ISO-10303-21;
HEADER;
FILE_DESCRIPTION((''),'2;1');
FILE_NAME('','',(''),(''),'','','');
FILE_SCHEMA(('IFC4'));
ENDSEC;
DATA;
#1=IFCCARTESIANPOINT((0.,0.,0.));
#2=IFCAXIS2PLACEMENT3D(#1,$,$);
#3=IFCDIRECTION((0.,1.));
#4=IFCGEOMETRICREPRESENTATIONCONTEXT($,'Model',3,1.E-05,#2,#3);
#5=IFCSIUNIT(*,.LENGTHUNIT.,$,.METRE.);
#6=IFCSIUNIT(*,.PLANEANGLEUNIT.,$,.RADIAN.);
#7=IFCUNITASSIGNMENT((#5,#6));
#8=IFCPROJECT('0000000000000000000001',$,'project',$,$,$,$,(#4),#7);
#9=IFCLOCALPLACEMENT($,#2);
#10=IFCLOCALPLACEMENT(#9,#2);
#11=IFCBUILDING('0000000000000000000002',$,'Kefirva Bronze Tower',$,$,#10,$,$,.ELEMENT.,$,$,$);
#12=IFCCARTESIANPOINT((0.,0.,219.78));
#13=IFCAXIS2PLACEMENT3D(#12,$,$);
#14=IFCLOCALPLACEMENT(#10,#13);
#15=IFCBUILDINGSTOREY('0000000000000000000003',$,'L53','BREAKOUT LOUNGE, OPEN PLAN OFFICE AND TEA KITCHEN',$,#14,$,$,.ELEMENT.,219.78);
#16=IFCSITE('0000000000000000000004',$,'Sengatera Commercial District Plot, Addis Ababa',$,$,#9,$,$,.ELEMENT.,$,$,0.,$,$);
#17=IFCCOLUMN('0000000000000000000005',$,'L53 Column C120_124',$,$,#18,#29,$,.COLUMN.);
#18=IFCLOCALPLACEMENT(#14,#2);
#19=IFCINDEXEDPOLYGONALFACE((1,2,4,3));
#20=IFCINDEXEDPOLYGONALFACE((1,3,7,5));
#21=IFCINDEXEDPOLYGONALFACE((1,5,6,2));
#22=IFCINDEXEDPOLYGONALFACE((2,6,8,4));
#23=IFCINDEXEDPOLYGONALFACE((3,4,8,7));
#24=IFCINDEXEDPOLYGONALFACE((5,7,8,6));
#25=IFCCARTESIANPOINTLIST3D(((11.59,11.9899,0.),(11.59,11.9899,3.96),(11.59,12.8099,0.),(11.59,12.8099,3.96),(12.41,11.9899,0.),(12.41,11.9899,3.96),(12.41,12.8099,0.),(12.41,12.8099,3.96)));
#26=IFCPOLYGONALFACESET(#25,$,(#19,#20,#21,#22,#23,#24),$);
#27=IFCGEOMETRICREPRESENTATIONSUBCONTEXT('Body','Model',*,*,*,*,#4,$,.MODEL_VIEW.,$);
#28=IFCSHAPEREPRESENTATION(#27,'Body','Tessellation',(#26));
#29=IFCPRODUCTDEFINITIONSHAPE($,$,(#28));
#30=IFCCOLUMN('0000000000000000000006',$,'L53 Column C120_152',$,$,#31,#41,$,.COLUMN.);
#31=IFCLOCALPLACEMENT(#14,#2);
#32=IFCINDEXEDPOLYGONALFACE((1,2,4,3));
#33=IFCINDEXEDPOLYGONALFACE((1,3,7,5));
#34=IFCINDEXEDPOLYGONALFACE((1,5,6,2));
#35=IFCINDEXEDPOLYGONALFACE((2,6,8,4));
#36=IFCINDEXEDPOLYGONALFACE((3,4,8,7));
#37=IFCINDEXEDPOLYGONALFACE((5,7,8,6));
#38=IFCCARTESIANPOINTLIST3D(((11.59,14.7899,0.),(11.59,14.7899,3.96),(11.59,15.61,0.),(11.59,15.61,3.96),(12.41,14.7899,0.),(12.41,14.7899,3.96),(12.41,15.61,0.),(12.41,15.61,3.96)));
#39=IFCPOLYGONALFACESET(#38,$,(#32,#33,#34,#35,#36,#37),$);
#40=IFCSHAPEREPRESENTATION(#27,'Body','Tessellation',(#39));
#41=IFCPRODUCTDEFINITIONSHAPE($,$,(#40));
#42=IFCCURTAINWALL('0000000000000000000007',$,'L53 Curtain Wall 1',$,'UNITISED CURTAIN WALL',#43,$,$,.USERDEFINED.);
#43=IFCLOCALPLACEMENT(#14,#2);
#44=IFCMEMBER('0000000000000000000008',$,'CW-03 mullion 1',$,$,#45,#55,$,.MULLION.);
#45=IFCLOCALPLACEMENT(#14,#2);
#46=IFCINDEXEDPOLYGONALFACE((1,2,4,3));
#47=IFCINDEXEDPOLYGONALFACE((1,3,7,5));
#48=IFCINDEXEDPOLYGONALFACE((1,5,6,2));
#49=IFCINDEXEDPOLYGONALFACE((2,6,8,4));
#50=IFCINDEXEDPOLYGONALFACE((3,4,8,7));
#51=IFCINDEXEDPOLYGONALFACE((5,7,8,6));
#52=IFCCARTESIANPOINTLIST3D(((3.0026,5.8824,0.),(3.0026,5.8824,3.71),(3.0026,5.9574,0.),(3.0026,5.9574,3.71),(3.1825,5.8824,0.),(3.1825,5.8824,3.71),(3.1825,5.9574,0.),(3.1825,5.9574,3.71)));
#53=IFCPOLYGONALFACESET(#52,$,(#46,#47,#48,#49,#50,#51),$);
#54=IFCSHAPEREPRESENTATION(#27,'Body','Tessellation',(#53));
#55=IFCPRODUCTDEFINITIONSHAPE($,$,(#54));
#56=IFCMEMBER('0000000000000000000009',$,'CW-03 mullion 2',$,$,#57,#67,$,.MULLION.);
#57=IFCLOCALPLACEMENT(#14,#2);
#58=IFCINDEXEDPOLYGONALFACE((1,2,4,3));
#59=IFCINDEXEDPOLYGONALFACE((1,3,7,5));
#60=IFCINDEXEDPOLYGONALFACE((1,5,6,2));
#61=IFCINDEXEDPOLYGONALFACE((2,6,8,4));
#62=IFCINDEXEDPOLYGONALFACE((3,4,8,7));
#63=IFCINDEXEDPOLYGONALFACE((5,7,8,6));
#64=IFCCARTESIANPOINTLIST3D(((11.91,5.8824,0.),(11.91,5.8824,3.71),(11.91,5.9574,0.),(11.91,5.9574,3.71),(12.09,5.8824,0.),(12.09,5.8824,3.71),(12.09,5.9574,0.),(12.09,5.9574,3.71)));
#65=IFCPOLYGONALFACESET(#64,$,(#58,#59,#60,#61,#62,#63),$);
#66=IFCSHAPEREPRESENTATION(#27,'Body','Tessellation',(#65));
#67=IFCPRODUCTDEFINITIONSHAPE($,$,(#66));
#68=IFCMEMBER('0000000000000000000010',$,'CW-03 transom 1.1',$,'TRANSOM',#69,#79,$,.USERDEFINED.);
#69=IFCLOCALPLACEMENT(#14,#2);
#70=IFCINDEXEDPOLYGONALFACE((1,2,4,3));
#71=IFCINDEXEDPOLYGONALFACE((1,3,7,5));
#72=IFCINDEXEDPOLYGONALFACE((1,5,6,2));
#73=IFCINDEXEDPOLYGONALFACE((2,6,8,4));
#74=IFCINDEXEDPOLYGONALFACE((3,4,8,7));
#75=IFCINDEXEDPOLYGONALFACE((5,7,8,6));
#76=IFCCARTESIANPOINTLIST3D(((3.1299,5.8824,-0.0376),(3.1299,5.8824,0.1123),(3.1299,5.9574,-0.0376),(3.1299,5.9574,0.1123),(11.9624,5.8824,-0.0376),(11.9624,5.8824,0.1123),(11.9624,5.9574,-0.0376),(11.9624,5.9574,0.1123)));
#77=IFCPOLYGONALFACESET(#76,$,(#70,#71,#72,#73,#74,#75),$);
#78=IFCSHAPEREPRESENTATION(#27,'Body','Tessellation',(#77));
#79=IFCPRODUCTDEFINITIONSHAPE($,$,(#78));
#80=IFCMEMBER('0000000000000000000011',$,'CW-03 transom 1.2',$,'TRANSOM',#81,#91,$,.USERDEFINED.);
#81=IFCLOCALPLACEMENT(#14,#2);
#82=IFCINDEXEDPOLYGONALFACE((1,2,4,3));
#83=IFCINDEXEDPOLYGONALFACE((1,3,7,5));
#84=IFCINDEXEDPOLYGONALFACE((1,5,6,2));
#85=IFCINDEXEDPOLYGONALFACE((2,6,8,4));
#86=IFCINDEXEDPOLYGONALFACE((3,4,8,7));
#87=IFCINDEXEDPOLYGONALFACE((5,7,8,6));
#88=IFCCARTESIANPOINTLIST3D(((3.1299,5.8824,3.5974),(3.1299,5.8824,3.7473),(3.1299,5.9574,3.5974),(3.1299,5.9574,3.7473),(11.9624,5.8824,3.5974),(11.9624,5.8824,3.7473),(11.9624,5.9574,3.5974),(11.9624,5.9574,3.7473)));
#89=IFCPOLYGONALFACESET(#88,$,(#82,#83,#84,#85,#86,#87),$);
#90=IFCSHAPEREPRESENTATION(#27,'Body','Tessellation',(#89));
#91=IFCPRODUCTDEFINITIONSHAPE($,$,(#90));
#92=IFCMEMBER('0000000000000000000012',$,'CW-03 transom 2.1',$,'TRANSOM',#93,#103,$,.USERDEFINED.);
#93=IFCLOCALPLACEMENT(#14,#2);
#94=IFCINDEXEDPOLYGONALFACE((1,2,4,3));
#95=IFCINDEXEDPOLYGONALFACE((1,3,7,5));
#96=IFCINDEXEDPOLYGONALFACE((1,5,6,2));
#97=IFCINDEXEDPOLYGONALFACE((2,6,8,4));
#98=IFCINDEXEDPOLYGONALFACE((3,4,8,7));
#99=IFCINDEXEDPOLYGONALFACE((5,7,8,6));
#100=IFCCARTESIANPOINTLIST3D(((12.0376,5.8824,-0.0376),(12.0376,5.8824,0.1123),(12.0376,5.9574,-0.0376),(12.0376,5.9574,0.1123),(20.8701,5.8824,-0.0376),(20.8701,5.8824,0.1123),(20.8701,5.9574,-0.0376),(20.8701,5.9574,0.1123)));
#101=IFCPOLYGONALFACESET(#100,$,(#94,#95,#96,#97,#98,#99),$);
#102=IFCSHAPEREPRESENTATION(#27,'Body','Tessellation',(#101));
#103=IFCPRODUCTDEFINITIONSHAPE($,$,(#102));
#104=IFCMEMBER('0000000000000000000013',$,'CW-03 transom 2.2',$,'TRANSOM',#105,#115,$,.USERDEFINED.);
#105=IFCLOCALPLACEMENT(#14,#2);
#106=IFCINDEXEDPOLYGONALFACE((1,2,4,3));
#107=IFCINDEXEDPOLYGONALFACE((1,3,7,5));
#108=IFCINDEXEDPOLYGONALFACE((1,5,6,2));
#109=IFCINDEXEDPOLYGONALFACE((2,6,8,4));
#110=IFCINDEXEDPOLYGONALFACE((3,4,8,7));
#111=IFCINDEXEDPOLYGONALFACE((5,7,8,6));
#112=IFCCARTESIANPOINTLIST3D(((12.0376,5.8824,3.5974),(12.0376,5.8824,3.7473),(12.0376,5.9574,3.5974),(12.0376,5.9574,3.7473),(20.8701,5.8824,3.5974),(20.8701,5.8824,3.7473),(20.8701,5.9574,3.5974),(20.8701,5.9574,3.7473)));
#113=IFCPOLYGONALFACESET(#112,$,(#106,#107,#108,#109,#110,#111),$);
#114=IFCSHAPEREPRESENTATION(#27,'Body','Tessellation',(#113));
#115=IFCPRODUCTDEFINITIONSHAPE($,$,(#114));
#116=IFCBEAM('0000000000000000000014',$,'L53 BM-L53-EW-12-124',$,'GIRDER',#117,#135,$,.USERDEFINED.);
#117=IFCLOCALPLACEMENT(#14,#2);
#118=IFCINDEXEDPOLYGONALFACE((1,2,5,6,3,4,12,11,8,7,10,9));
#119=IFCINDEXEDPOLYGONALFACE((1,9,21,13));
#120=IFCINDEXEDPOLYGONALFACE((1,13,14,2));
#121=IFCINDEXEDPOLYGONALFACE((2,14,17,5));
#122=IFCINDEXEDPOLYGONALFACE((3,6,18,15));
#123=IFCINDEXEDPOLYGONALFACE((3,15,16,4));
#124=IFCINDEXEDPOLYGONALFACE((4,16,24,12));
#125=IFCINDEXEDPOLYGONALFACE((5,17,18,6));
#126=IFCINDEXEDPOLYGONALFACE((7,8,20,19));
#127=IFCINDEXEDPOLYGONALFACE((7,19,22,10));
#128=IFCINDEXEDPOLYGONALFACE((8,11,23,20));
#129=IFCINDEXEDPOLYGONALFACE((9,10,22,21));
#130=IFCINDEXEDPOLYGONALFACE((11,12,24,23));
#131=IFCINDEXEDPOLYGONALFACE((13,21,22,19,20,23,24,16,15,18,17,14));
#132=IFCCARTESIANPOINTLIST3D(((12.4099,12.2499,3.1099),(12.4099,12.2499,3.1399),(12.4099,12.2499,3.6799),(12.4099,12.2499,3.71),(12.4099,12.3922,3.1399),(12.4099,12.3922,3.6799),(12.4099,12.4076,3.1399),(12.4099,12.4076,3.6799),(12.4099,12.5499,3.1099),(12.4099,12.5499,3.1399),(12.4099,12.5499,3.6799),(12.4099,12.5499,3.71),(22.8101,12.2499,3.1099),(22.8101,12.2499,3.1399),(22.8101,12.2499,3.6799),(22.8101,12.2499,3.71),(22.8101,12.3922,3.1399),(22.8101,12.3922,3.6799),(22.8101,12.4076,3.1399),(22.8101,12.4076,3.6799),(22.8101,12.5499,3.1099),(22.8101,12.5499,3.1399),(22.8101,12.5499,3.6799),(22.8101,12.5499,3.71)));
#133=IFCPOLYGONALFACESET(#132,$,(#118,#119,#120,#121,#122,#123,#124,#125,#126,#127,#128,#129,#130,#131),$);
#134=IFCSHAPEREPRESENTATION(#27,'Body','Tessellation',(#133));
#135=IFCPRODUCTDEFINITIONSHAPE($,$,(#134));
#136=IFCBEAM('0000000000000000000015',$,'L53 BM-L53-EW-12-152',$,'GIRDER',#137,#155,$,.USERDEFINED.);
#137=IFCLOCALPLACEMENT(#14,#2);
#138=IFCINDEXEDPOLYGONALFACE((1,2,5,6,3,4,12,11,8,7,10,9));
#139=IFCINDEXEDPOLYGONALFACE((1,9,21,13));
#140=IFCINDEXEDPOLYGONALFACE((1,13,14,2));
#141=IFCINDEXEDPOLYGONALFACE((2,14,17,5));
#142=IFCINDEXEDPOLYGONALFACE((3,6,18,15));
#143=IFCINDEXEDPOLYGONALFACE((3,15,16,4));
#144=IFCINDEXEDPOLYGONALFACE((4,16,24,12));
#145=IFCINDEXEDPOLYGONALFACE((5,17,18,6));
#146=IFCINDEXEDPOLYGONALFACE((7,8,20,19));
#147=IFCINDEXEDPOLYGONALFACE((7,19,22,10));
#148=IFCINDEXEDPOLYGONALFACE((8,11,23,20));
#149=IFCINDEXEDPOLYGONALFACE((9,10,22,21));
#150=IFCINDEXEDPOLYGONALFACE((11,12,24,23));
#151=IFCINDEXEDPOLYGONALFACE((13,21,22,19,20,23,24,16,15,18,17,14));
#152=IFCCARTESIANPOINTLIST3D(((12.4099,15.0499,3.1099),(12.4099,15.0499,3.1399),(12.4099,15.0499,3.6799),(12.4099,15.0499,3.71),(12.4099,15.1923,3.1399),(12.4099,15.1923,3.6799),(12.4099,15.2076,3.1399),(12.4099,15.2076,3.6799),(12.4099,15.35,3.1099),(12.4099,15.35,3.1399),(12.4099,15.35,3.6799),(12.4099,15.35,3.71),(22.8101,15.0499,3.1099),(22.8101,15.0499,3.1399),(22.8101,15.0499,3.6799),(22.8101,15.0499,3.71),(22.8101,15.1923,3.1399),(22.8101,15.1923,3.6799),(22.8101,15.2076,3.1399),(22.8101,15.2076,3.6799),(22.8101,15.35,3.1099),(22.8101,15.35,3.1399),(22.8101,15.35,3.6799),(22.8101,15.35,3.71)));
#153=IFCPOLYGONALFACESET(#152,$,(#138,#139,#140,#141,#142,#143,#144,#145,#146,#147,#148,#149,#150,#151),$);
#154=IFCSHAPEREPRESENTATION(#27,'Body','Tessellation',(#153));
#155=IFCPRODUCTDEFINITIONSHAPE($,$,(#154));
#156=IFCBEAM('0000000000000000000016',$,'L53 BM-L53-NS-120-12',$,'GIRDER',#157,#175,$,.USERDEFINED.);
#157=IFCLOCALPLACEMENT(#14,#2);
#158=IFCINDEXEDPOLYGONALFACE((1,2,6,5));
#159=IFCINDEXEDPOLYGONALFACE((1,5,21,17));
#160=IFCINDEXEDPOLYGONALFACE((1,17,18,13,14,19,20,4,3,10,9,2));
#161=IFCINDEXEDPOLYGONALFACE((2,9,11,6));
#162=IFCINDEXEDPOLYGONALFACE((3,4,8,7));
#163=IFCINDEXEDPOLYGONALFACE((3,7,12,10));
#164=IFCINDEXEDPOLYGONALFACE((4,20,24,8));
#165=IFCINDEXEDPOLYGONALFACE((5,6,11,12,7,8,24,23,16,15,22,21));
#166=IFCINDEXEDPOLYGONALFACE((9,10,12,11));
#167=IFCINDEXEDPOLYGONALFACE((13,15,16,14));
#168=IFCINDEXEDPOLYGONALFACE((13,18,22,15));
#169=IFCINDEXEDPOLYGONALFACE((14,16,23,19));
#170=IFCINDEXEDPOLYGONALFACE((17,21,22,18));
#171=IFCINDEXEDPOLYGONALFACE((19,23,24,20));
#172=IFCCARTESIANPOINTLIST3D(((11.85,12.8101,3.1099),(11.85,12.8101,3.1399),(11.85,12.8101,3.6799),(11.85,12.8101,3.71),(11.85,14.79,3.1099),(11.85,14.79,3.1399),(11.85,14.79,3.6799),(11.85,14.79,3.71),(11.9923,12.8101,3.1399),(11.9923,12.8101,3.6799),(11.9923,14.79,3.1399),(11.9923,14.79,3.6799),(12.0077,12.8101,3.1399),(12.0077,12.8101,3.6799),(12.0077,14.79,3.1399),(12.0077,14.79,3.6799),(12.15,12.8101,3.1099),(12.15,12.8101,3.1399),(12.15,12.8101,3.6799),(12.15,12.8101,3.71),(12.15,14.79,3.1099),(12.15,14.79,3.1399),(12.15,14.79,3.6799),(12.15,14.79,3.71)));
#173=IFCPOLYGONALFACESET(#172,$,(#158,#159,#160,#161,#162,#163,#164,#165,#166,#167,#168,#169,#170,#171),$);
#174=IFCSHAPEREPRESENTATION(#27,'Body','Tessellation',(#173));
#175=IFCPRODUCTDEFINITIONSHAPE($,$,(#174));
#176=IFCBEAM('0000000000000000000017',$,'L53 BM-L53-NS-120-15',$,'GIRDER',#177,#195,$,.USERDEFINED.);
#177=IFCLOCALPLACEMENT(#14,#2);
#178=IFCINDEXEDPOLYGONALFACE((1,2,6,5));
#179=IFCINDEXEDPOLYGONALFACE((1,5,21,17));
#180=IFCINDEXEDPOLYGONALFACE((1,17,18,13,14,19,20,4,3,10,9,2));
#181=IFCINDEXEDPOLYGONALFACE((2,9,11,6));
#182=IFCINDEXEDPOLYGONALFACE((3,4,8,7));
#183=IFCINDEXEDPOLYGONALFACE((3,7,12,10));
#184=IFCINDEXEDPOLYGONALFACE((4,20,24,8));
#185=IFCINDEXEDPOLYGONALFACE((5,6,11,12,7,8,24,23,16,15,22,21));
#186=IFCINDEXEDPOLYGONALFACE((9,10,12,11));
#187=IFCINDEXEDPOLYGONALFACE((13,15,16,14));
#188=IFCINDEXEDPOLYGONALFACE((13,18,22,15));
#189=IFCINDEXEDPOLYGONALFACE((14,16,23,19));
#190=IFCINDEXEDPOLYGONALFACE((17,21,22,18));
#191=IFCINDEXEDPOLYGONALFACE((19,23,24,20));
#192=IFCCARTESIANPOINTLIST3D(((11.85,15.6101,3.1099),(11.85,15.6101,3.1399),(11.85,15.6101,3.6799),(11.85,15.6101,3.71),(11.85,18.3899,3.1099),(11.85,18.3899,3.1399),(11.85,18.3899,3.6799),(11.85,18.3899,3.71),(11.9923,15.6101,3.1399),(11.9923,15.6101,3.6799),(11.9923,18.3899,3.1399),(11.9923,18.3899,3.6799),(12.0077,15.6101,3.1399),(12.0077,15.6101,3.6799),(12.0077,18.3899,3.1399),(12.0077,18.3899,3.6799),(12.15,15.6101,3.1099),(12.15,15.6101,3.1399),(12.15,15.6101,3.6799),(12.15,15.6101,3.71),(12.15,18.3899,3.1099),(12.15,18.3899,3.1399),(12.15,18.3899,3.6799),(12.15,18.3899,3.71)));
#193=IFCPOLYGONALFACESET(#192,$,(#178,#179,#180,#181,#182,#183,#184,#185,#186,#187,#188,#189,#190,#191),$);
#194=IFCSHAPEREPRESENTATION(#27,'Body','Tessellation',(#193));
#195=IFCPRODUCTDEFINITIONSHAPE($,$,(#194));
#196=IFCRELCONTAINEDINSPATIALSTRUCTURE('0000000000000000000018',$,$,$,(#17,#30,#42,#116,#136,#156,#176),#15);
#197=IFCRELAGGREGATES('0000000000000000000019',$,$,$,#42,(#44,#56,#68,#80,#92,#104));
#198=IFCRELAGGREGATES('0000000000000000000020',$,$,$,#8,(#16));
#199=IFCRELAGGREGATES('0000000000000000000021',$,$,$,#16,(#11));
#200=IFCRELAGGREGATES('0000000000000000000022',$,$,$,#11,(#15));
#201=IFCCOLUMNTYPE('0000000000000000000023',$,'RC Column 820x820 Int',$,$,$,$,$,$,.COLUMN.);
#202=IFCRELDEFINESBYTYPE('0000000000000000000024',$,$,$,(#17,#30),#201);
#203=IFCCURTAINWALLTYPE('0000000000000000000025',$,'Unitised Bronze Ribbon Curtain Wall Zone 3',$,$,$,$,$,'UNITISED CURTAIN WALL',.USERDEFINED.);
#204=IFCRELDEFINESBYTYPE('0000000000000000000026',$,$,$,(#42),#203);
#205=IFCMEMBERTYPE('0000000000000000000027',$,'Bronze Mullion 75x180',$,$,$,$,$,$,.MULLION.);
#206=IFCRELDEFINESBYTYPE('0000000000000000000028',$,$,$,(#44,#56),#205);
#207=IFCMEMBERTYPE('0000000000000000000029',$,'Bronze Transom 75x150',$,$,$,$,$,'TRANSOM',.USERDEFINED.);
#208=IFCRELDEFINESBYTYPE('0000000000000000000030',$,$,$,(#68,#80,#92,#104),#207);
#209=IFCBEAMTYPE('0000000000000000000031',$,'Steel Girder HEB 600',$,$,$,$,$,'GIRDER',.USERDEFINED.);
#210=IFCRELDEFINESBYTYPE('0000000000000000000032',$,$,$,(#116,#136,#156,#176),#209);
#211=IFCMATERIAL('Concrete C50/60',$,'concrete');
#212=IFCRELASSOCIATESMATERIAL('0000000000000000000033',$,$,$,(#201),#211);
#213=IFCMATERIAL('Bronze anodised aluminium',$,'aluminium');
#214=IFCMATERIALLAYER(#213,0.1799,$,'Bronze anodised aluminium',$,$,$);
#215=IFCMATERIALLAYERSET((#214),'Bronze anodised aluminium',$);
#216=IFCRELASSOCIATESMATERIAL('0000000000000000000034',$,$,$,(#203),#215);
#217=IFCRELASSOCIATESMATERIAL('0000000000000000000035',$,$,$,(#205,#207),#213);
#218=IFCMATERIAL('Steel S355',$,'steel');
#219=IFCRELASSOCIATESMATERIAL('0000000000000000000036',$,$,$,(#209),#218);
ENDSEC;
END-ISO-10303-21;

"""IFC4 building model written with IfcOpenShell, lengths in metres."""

from ifc_helpers import new_model, si_unit, direction, frame, origin, origin_2d, place, context, subcontext, project, spatial, rectangle, i_section, extrude, material, layer, layer_set, material_profile, profile_set, type_object, element, aggregate, save


model = new_model("IFC4")

# Units and contexts
model_context = context("Model", 3, precision=1e-05, world=origin(), true_north=direction((0.0, 1.0)))
body_context = subcontext(model_context, "Body", "Model", "MODEL_VIEW")
ifc_project = project(units=[si_unit("LENGTHUNIT", "METRE"), si_unit("PLANEANGLEUNIT", "RADIAN")], contexts=[model_context])

# Site, building, storey
site_placement = place(None, origin())
site = spatial("IfcSite", under=ifc_project, at=site_placement, Name="Sengatera Commercial District Plot, Addis Ababa", CompositionType="ELEMENT", RefElevation=0.0)
building_placement = place(site_placement, origin())
building = spatial("IfcBuilding", under=site, at=building_placement, Name="Kefirva Bronze Tower", CompositionType="ELEMENT")
storey_placement = place(building_placement, frame((0.0, 0.0, 219.78)))
storey = spatial("IfcBuildingStorey", under=building, at=storey_placement, Name="L53", Description="BREAKOUT LOUNGE, OPEN PLAN OFFICE AND TEA KITCHEN", CompositionType="ELEMENT", Elevation=219.78)

# Columns
ifc_material_1 = material(Name="Concrete C50/60", Category="concrete")
ifc_material_profile_1 = material_profile(ifc_material_1, rectangle(XDim=0.8201, YDim=0.8201, at=origin_2d()), Name="RC 820x820")
ifc_profile_set_1 = profile_set([ifc_material_profile_1], Name="Concrete C50/60")
column_type = type_object("IfcColumnType", Name="RC Column 820x820 Int", PredefinedType="COLUMN", material=ifc_profile_set_1)
for number, where, z_axis, x_axis, name in (
    (1, (12.0, 12.3999, 0.0), (0.0, 0.0, 1.0), (1.0, 0.0, 0.0), "L53 Column C120_124"),
    (2, (12.0, 15.2, 0.0), (0.0, 0.0, 1.0), (1.0, 0.0, 0.0), "L53 Column C120_152"),
):
    element("IfcColumn", number, at=place(storey_placement, frame(where, z_axis=z_axis, x_axis=x_axis)), inside=storey, type_object=column_type, Name=name, PredefinedType="COLUMN", context=body_context, shape_type="SweptSolid", body=[
        extrude(rectangle(XDim=0.8201, YDim=0.8201, at=origin_2d()), origin(), (0.0, 0.0, 1.0), 3.96),
    ])

# Curtain wall, members
ifc_material_2 = material(Name="Bronze anodised aluminium", Category="aluminium")
ifc_layer_1 = layer(ifc_material_2, 0.1799, Name="Bronze anodised aluminium")
ifc_layer_set_1 = layer_set([ifc_layer_1], Name="Bronze anodised aluminium")
curtain_wall_type = type_object("IfcCurtainWallType", Name="Unitised Bronze Ribbon Curtain Wall Zone 3", ElementType="UNITISED CURTAIN WALL", PredefinedType="USERDEFINED", material=ifc_layer_set_1)
curtain_wall_placement = place(storey_placement, origin())
curtain_wall = element("IfcCurtainWall", 3, at=curtain_wall_placement, inside=storey, type_object=curtain_wall_type, Name="L53 Curtain Wall 1", ObjectType="UNITISED CURTAIN WALL", PredefinedType="USERDEFINED")
ifc_material_profile_2 = material_profile(ifc_material_2, rectangle(XDim=0.075, YDim=0.1799, at=origin_2d()), Name="ALU 75x180")
ifc_profile_set_2 = profile_set([ifc_material_profile_2], Name="Bronze anodised aluminium")
member_type_1 = type_object("IfcMemberType", Name="Bronze Mullion 75x180", PredefinedType="MULLION", material=ifc_profile_set_2)
member_1_placement = place(storey_placement, frame((3.0925, 5.9199, 0.0), z_axis=(0.0, 0.0, 1.0), x_axis=(0.0, 1.0, 0.0)))
member_1 = element("IfcMember", 4, at=member_1_placement, type_object=member_type_1, Name="CW-03 mullion 1", PredefinedType="MULLION", context=body_context, shape_type="SweptSolid", body=[
    extrude(rectangle(XDim=0.075, YDim=0.1799, at=origin_2d()), origin(), (0.0, 0.0, 1.0), 3.71),
])
member_2_placement = place(storey_placement, frame((12.0, 5.9199, 0.0), z_axis=(0.0, 0.0, 1.0), x_axis=(0.0, 1.0, 0.0)))
member_2 = element("IfcMember", 5, at=member_2_placement, type_object=member_type_1, Name="CW-03 mullion 2", PredefinedType="MULLION", context=body_context, shape_type="SweptSolid", body=[
    extrude(rectangle(XDim=0.075, YDim=0.1799, at=origin_2d()), origin(), (0.0, 0.0, 1.0), 3.71),
])
ifc_material_profile_3 = material_profile(ifc_material_2, rectangle(XDim=0.075, YDim=0.1499, at=origin_2d()), Name="ALU 75x150")
ifc_profile_set_3 = profile_set([ifc_material_profile_3], Name="Bronze anodised aluminium")
member_type_2 = type_object("IfcMemberType", Name="Bronze Transom 75x150", ElementType="TRANSOM", PredefinedType="USERDEFINED", material=ifc_profile_set_3)
member_3_placement = place(storey_placement, frame((3.1299, 5.9199, 0.0374), z_axis=(1.0, 0.0, 0.0), x_axis=(0.0, 1.0, 0.0)))
member_3 = element("IfcMember", 6, at=member_3_placement, type_object=member_type_2, Name="CW-03 transom 1.1", ObjectType="TRANSOM", PredefinedType="USERDEFINED", context=body_context, shape_type="SweptSolid", body=[
    extrude(rectangle(XDim=0.075, YDim=0.1499, at=origin_2d()), origin(), (0.0, 0.0, 1.0), 8.8325),
])
member_4_placement = place(storey_placement, frame((3.1299, 5.9199, 3.6724), z_axis=(1.0, 0.0, 0.0), x_axis=(0.0, 1.0, 0.0)))
member_4 = element("IfcMember", 7, at=member_4_placement, type_object=member_type_2, Name="CW-03 transom 1.2", ObjectType="TRANSOM", PredefinedType="USERDEFINED", context=body_context, shape_type="SweptSolid", body=[
    extrude(rectangle(XDim=0.075, YDim=0.1499, at=origin_2d()), origin(), (0.0, 0.0, 1.0), 8.8325),
])
member_5_placement = place(storey_placement, frame((12.0376, 5.9199, 0.0374), z_axis=(1.0, 0.0, 0.0), x_axis=(0.0, 1.0, 0.0)))
member_5 = element("IfcMember", 8, at=member_5_placement, type_object=member_type_2, Name="CW-03 transom 2.1", ObjectType="TRANSOM", PredefinedType="USERDEFINED", context=body_context, shape_type="SweptSolid", body=[
    extrude(rectangle(XDim=0.075, YDim=0.1499, at=origin_2d()), origin(), (0.0, 0.0, 1.0), 8.8325),
])
member_6_placement = place(storey_placement, frame((12.0376, 5.9199, 3.6724), z_axis=(1.0, 0.0, 0.0), x_axis=(0.0, 1.0, 0.0)))
member_6 = element("IfcMember", 9, at=member_6_placement, type_object=member_type_2, Name="CW-03 transom 2.2", ObjectType="TRANSOM", PredefinedType="USERDEFINED", context=body_context, shape_type="SweptSolid", body=[
    extrude(rectangle(XDim=0.075, YDim=0.1499, at=origin_2d()), origin(), (0.0, 0.0, 1.0), 8.8325),
])

# Beams
ifc_material_3 = material(Name="Steel S355", Category="steel")
ifc_material_profile_4 = material_profile(ifc_material_3, i_section(OverallWidth=0.3, OverallDepth=0.6001, WebThickness=0.0154, FlangeThickness=0.03, at=origin_2d()), Name="HEB 600")
ifc_profile_set_4 = profile_set([ifc_material_profile_4], Name="Steel S355")
beam_type = type_object("IfcBeamType", Name="Steel Girder HEB 600", ElementType="GIRDER", PredefinedType="USERDEFINED", material=ifc_profile_set_4)
for number, where, z_axis, x_axis, name in (
    (10, (12.4099, 12.3999, 3.4099), (1.0, 0.0, 0.0), (0.0, 1.0, 0.0), "L53 BM-L53-EW-12-124"),
    (11, (12.4099, 15.2, 3.4099), (1.0, 0.0, 0.0), (0.0, 1.0, 0.0), "L53 BM-L53-EW-12-152"),
):
    element("IfcBeam", number, at=place(storey_placement, frame(where, z_axis=z_axis, x_axis=x_axis)), inside=storey, type_object=beam_type, Name=name, ObjectType="GIRDER", PredefinedType="USERDEFINED", context=body_context, shape_type="SweptSolid", body=[
        extrude(i_section(OverallWidth=0.3, OverallDepth=0.6001, WebThickness=0.0154, FlangeThickness=0.03, at=origin_2d()), origin(), (0.0, 0.0, 1.0), 10.4001),
    ])
beam_1_placement = place(storey_placement, frame((12.0, 12.8101, 3.4099), z_axis=(0.0, 1.0, 0.0), x_axis=(-1.0, 0.0, 0.0)))
element("IfcBeam", 12, at=beam_1_placement, inside=storey, type_object=beam_type, Name="L53 BM-L53-NS-120-12", ObjectType="GIRDER", PredefinedType="USERDEFINED", context=body_context, shape_type="SweptSolid", body=[
    extrude(i_section(OverallWidth=0.3, OverallDepth=0.6001, WebThickness=0.0154, FlangeThickness=0.03, at=origin_2d()), origin(), (0.0, 0.0, 1.0), 1.98),
])
beam_2_placement = place(storey_placement, frame((12.0, 15.6101, 3.4099), z_axis=(0.0, 1.0, 0.0), x_axis=(-1.0, 0.0, 0.0)))
element("IfcBeam", 13, at=beam_2_placement, inside=storey, type_object=beam_type, Name="L53 BM-L53-NS-120-15", ObjectType="GIRDER", PredefinedType="USERDEFINED", context=body_context, shape_type="SweptSolid", body=[
    extrude(i_section(OverallWidth=0.3, OverallDepth=0.6001, WebThickness=0.0154, FlangeThickness=0.03, at=origin_2d()), origin(), (0.0, 0.0, 1.0), 2.7798),
])

aggregate(curtain_wall, [member_1, member_2, member_3, member_4, member_5, member_6])

save(model, "model.ifc")
